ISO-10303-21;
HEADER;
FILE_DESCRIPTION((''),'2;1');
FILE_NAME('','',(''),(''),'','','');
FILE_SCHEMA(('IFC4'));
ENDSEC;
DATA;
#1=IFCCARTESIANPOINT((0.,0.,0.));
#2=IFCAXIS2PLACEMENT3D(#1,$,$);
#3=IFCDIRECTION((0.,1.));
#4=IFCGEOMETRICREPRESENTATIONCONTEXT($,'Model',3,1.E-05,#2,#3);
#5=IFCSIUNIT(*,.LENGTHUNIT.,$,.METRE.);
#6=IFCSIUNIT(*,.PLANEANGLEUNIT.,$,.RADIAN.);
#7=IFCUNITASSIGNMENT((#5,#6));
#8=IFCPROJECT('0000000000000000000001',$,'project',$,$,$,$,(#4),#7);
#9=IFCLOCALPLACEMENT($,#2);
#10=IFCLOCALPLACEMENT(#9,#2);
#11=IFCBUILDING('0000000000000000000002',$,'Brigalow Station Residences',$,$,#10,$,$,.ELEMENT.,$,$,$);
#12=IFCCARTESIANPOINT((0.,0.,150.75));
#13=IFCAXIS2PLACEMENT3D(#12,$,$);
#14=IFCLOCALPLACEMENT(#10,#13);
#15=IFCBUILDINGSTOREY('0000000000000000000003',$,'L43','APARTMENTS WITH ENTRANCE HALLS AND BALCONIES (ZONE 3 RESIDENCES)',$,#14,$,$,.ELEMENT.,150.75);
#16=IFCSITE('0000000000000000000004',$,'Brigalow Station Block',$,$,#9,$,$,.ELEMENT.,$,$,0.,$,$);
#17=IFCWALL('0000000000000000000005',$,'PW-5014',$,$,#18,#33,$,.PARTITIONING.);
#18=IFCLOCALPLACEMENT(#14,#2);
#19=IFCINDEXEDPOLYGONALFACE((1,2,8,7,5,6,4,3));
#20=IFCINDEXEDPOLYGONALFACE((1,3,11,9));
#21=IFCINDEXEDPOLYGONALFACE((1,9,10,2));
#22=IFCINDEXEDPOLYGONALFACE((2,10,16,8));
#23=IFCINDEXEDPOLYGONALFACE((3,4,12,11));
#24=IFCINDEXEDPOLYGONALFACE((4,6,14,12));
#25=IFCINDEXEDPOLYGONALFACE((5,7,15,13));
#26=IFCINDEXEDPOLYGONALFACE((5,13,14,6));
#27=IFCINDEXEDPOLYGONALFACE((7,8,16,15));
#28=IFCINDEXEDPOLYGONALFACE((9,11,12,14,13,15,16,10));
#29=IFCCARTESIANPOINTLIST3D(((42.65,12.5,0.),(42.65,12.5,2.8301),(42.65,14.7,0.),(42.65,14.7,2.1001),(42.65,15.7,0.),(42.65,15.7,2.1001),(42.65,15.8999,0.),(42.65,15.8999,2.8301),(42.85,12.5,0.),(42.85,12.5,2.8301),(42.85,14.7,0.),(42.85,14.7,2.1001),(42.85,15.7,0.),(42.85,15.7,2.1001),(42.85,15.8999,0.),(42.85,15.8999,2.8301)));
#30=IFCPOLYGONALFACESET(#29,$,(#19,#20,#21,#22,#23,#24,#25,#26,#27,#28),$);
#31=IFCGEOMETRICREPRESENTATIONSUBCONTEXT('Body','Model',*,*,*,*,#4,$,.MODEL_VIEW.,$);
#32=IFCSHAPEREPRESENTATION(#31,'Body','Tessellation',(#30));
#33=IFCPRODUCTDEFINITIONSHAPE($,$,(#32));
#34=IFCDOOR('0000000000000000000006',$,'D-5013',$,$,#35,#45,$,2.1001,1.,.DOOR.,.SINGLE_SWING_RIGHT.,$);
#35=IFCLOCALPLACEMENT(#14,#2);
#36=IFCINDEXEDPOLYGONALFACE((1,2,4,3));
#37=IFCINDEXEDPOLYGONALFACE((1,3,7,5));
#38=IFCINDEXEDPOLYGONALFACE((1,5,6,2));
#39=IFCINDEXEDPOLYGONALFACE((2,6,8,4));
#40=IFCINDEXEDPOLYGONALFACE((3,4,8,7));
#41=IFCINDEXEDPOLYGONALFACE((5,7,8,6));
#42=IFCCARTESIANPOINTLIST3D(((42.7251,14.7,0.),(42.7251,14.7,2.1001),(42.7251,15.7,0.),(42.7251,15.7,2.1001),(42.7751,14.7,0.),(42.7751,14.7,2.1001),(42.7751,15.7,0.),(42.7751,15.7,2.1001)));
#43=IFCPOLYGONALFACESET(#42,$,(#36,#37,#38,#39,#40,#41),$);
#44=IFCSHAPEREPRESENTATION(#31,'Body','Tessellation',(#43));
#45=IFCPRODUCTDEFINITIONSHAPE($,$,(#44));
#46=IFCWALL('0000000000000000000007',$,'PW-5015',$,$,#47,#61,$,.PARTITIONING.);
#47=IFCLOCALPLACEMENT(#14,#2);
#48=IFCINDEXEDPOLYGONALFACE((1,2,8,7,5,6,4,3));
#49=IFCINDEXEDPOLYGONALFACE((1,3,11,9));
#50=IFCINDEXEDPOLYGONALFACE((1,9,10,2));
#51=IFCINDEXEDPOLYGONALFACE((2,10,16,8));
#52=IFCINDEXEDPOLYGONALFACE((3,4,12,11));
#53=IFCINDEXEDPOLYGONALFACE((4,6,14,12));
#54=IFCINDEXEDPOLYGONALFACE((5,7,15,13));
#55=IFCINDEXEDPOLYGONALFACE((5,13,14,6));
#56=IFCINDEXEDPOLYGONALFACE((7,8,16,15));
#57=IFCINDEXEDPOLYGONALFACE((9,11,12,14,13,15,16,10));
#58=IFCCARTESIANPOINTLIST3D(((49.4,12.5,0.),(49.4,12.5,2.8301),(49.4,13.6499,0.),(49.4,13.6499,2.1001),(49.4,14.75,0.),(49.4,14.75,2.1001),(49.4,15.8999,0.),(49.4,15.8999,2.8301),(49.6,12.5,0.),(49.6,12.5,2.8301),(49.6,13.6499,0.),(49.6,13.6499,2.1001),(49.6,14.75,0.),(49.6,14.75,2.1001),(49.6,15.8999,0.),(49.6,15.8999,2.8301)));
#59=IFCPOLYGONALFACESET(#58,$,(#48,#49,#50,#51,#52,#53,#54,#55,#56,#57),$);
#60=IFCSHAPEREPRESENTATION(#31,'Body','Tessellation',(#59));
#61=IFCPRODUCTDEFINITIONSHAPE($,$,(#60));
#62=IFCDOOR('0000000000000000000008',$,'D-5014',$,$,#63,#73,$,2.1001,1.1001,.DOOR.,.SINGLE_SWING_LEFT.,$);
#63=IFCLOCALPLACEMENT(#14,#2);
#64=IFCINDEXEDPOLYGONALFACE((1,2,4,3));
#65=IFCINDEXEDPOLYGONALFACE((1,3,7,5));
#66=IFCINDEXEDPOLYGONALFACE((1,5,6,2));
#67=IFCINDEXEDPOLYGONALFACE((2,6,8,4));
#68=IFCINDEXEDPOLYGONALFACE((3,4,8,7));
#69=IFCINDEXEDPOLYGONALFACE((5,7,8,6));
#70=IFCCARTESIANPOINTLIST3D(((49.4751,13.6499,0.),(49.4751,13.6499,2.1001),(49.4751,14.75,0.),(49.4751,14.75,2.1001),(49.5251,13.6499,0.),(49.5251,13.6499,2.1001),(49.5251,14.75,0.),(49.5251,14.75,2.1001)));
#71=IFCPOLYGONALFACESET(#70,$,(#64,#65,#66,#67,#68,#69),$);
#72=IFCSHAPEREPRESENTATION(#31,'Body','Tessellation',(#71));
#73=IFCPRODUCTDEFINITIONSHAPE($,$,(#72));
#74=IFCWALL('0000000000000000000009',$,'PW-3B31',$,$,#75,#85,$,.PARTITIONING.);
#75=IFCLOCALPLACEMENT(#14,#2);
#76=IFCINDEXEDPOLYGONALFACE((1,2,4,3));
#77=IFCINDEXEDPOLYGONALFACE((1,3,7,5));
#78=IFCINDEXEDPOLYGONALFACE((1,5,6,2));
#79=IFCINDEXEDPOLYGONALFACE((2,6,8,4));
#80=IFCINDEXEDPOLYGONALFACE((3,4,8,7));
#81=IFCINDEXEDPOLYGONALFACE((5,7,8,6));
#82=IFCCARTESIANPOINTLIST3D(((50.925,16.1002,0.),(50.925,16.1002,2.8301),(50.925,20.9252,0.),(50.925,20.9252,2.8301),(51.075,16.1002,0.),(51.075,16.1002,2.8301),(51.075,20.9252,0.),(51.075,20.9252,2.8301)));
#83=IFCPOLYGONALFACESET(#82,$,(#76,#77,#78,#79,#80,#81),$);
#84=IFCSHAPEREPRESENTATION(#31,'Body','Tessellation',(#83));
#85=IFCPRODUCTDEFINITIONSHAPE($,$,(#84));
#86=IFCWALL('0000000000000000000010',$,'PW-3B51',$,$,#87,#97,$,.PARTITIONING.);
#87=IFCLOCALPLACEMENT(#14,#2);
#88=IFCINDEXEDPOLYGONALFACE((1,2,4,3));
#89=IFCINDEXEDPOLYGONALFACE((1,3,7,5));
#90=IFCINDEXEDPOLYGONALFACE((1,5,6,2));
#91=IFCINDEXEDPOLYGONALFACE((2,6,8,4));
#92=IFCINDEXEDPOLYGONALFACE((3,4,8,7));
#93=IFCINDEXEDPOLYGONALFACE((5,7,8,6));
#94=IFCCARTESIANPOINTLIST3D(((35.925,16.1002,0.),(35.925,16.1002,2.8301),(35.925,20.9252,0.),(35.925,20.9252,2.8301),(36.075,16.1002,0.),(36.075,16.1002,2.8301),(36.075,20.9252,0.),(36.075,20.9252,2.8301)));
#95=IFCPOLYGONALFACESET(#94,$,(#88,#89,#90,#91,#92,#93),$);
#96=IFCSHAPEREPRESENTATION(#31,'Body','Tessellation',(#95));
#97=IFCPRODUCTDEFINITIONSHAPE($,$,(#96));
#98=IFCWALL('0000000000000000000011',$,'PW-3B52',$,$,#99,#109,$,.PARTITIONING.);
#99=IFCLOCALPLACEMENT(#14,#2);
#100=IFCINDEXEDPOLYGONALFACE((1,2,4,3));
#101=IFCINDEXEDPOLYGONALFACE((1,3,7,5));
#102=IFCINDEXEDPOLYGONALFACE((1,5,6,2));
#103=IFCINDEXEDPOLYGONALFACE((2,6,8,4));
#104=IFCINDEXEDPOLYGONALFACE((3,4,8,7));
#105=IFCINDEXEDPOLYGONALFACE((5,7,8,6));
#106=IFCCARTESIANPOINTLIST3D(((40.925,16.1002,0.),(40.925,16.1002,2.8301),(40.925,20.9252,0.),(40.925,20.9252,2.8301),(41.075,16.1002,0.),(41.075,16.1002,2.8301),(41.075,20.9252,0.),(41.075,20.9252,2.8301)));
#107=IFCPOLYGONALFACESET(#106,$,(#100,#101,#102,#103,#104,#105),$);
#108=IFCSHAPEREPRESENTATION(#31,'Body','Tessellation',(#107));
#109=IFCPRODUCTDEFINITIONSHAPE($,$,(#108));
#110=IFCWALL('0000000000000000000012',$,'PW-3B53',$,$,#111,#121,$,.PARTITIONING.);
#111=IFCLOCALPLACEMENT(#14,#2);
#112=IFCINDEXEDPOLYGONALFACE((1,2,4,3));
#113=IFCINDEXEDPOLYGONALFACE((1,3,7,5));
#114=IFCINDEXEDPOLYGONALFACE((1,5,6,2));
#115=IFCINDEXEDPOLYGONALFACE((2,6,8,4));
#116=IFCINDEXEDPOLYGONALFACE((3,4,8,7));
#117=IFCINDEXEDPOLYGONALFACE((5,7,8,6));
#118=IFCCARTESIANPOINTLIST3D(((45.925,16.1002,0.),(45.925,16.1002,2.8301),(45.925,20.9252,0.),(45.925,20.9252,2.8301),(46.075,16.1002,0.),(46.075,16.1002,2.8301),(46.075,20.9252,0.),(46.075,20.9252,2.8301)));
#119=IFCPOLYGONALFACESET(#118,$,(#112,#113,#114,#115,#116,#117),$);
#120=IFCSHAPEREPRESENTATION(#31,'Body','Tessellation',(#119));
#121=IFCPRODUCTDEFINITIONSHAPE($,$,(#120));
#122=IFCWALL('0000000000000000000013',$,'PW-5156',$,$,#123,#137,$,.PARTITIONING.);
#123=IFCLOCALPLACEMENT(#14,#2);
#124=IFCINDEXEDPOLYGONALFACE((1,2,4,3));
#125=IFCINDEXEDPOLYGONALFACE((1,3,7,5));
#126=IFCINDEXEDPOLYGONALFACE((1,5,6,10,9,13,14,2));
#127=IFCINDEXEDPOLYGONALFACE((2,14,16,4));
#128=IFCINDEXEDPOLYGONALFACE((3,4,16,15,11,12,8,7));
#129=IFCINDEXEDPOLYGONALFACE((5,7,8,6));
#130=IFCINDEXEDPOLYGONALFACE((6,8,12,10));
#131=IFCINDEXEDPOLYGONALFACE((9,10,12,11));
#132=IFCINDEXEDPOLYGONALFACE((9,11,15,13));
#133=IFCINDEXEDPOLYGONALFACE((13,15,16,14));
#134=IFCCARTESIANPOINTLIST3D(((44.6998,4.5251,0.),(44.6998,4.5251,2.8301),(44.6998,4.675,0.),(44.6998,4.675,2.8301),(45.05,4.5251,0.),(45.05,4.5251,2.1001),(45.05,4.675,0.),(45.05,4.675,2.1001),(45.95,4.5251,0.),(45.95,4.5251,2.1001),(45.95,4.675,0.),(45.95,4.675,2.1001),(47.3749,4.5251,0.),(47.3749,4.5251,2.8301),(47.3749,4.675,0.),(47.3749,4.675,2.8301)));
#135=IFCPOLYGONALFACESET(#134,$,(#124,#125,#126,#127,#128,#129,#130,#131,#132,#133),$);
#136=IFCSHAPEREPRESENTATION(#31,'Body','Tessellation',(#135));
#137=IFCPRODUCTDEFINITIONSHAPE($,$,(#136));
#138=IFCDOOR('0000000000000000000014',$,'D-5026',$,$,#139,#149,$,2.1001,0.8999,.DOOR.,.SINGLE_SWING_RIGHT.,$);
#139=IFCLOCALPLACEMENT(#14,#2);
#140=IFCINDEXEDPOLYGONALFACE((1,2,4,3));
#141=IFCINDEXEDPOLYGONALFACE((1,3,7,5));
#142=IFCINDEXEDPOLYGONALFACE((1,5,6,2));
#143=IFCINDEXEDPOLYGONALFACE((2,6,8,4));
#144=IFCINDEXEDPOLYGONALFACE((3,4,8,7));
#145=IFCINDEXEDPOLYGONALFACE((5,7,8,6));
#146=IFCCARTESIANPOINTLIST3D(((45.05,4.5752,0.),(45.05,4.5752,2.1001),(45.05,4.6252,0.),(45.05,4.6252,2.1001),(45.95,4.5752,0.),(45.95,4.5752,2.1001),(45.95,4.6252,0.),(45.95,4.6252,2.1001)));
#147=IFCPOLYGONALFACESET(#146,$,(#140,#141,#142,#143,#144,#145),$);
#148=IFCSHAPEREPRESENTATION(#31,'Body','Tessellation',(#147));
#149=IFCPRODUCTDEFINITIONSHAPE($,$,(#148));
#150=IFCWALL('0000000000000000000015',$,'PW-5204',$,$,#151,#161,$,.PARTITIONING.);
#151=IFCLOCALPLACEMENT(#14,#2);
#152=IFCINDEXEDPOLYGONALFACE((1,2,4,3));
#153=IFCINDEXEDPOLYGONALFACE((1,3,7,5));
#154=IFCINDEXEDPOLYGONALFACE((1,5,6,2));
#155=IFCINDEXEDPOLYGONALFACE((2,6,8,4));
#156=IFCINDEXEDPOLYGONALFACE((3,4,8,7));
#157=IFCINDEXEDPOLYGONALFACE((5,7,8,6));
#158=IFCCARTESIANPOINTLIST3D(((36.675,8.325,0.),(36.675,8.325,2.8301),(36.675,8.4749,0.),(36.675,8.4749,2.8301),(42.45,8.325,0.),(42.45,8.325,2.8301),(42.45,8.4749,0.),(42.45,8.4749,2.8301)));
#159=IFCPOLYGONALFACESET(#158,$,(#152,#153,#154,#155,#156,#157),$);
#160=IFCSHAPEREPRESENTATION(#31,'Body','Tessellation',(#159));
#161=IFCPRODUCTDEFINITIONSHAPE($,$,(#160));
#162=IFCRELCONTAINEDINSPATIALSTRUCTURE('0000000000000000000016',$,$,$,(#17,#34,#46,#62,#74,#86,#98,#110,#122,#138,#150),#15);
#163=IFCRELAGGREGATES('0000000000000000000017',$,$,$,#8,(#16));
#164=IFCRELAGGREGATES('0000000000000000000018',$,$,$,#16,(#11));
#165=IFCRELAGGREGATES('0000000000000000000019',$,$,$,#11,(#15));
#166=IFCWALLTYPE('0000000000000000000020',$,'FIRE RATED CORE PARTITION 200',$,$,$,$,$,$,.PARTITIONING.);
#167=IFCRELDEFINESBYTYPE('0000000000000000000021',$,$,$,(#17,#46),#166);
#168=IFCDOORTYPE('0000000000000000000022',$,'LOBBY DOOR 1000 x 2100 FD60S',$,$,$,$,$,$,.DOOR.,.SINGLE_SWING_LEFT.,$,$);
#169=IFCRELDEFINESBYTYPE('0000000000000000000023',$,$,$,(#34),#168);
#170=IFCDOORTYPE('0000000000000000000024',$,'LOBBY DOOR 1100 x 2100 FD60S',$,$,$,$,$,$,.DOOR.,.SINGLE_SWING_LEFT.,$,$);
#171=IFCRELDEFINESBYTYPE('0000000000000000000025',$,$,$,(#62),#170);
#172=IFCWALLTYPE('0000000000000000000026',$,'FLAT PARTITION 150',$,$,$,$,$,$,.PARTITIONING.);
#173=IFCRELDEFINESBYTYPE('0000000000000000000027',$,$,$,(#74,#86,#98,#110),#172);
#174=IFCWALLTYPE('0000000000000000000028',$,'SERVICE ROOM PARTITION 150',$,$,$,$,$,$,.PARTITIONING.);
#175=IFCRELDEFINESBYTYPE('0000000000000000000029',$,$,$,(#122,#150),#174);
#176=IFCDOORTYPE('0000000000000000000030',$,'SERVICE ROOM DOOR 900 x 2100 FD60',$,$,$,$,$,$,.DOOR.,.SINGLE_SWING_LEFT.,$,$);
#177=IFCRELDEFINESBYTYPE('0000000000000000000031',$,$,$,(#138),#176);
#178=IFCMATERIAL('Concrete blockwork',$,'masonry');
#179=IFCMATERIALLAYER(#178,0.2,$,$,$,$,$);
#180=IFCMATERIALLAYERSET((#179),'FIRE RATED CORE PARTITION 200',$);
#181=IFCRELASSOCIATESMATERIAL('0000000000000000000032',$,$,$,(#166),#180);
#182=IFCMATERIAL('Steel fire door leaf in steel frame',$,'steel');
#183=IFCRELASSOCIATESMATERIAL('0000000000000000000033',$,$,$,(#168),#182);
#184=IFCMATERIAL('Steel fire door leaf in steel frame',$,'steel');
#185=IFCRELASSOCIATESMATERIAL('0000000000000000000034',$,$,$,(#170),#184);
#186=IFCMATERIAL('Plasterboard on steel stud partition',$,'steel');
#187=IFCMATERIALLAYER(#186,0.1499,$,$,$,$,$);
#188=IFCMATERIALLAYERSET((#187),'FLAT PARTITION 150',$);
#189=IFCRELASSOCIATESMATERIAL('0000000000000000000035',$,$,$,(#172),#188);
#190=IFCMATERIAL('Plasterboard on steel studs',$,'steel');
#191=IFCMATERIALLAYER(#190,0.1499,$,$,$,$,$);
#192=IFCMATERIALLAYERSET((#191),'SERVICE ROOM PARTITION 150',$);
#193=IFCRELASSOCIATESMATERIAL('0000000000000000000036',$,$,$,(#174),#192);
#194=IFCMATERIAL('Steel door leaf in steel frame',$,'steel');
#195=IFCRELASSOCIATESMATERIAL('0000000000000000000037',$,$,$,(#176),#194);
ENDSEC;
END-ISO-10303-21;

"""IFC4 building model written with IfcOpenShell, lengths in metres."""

from ifc_helpers import new_model, si_unit, direction, frame, frame_2d, origin, place, context, subcontext, project, spatial, rectangle, extrude, material, layer, layer_set, type_object, element, fill, save


model = new_model("IFC4")

# Units and contexts
model_context = context("Model", 3, precision=1e-05, world=origin(), true_north=direction((0.0, 1.0)))
body_context = subcontext(model_context, "Body", "Model", "MODEL_VIEW")
ifc_project = project(units=[si_unit("LENGTHUNIT", "METRE"), si_unit("PLANEANGLEUNIT", "RADIAN")], contexts=[model_context])

# Site, building, storey
site_placement = place(None, origin())
site = spatial("IfcSite", under=ifc_project, at=site_placement, Name="Brigalow Station Block", CompositionType="ELEMENT", RefElevation=0.0)
building_placement = place(site_placement, origin())
building = spatial("IfcBuilding", under=site, at=building_placement, Name="Brigalow Station Residences", CompositionType="ELEMENT")
storey_placement = place(building_placement, frame((0.0, 0.0, 150.75)))
storey = spatial("IfcBuildingStorey", under=building, at=storey_placement, Name="L43", Description="APARTMENTS WITH ENTRANCE HALLS AND BALCONIES (ZONE 3 RESIDENCES)", CompositionType="ELEMENT", Elevation=150.75)

# Shared definitions
ifc_material_1 = material(Name="Concrete blockwork", Category="masonry")
ifc_layer_1 = layer(ifc_material_1, 0.2)
ifc_layer_set_1 = layer_set([ifc_layer_1], Name="FIRE RATED CORE PARTITION 200")
wall_type_1 = type_object("IfcWallType", Name="FIRE RATED CORE PARTITION 200", PredefinedType="PARTITIONING", material=ifc_layer_set_1)

# Walls, openings, doors
wall_1_placement = place(storey_placement, frame((42.75, 12.5, 0.0), z_axis=(0.0, 0.0, 1.0), x_axis=(0.0, 1.0, 0.0)))
wall_1 = element("IfcWall", 1, at=wall_1_placement, inside=storey, type_object=wall_type_1, Name="PW-5014", PredefinedType="PARTITIONING", context=body_context, shape_type="SweptSolid", body=[
    extrude(rectangle(XDim=3.3999, YDim=0.2, at=frame_2d((1.7, 0.0))), origin(), (0.0, 0.0, 1.0), 2.8301),
])
opening_1_placement = place(wall_1_placement, frame((2.2, 0.0, 0.0)))
opening_1 = element("IfcOpeningElement", 2, at=opening_1_placement, cuts=wall_1, PredefinedType="OPENING", context=body_context, shape_type="SweptSolid", body=[
    extrude(rectangle(XDim=1.0, YDim=2.1001, at=frame_2d((0.5, 1.05))), frame((0.0, 0.1099, 0.0), z_axis=(0.0, -1.0, 0.0), x_axis=(1.0, 0.0, 0.0)), (0.0, 0.0, 1.0), 0.22),
])
ifc_material_2 = material(Name="Steel fire door leaf in steel frame", Category="steel")
door_type_1 = type_object("IfcDoorType", Name="LOBBY DOOR 1000 x 2100 FD60S", OperationType="SINGLE_SWING_LEFT", PredefinedType="DOOR", material=ifc_material_2)
door_1_placement = place(opening_1_placement, origin())
door_1 = element("IfcDoor", 3, at=door_1_placement, inside=storey, type_object=door_type_1, Name="D-5013", OperationType="SINGLE_SWING_RIGHT", OverallHeight=2.1001, OverallWidth=1.0, PredefinedType="DOOR", context=body_context, shape_type="SweptSolid", body=[
    extrude(rectangle(XDim=1.0, YDim=2.1001, at=frame_2d((0.5, 1.05))), frame((0.0, 0.0249, 0.0), z_axis=(0.0, -1.0, 0.0), x_axis=(1.0, 0.0, 0.0)), (0.0, 0.0, 1.0), 0.05),
])
fill(opening_1, door_1)
wall_2_placement = place(storey_placement, frame((49.5, 12.5, 0.0), z_axis=(0.0, 0.0, 1.0), x_axis=(0.0, 1.0, 0.0)))
wall_2 = element("IfcWall", 4, at=wall_2_placement, inside=storey, type_object=wall_type_1, Name="PW-5015", PredefinedType="PARTITIONING", context=body_context, shape_type="SweptSolid", body=[
    extrude(rectangle(XDim=3.3999, YDim=0.2, at=frame_2d((1.7, 0.0))), origin(), (0.0, 0.0, 1.0), 2.8301),
])
opening_2_placement = place(wall_2_placement, frame((1.1499, 0.0, 0.0)))
opening_2 = element("IfcOpeningElement", 5, at=opening_2_placement, cuts=wall_2, PredefinedType="OPENING", context=body_context, shape_type="SweptSolid", body=[
    extrude(rectangle(XDim=1.1001, YDim=2.1001, at=frame_2d((0.55, 1.05))), frame((0.0, 0.1099, 0.0), z_axis=(0.0, -1.0, 0.0), x_axis=(1.0, 0.0, 0.0)), (0.0, 0.0, 1.0), 0.22),
])
ifc_material_3 = material(Name="Steel fire door leaf in steel frame", Category="steel")
door_type_2 = type_object("IfcDoorType", Name="LOBBY DOOR 1100 x 2100 FD60S", OperationType="SINGLE_SWING_LEFT", PredefinedType="DOOR", material=ifc_material_3)
door_2_placement = place(opening_2_placement, origin())
door_2 = element("IfcDoor", 6, at=door_2_placement, inside=storey, type_object=door_type_2, Name="D-5014", OperationType="SINGLE_SWING_LEFT", OverallHeight=2.1001, OverallWidth=1.1001, PredefinedType="DOOR", context=body_context, shape_type="SweptSolid", body=[
    extrude(rectangle(XDim=1.1001, YDim=2.1001, at=frame_2d((0.55, 1.05))), frame((0.0, 0.0249, 0.0), z_axis=(0.0, -1.0, 0.0), x_axis=(1.0, 0.0, 0.0)), (0.0, 0.0, 1.0), 0.05),
])
fill(opening_2, door_2)

# Walls
ifc_material_4 = material(Name="Plasterboard on steel stud partition", Category="steel")
ifc_layer_2 = layer(ifc_material_4, 0.1499)
ifc_layer_set_2 = layer_set([ifc_layer_2], Name="FLAT PARTITION 150")
wall_type_2 = type_object("IfcWallType", Name="FLAT PARTITION 150", PredefinedType="PARTITIONING", material=ifc_layer_set_2)
for number, where, z_axis, x_axis, name in (
    (7, (51.0, 16.1001, 0.0), (0.0, 0.0, 1.0), (0.0, 1.0, 0.0), "PW-3B31"),
    (8, (36.0, 16.1001, 0.0), (0.0, 0.0, 1.0), (0.0, 1.0, 0.0), "PW-3B51"),
    (9, (41.0, 16.1001, 0.0), (0.0, 0.0, 1.0), (0.0, 1.0, 0.0), "PW-3B52"),
    (10, (46.0, 16.1001, 0.0), (0.0, 0.0, 1.0), (0.0, 1.0, 0.0), "PW-3B53"),
):
    element("IfcWall", number, at=place(storey_placement, frame(where, z_axis=z_axis, x_axis=x_axis)), inside=storey, type_object=wall_type_2, Name=name, PredefinedType="PARTITIONING", context=body_context, shape_type="SweptSolid", body=[
        extrude(rectangle(XDim=4.825, YDim=0.1499, at=frame_2d((2.4126, 0.0))), origin(), (0.0, 0.0, 1.0), 2.8301),
    ])

# Wall, opening, door
ifc_material_5 = material(Name="Plasterboard on steel studs", Category="steel")
ifc_layer_3 = layer(ifc_material_5, 0.1499)
ifc_layer_set_3 = layer_set([ifc_layer_3], Name="SERVICE ROOM PARTITION 150")
wall_type_3 = type_object("IfcWallType", Name="SERVICE ROOM PARTITION 150", PredefinedType="PARTITIONING", material=ifc_layer_set_3)
wall_3_placement = place(storey_placement, frame((44.7, 4.6001, 0.0), z_axis=(0.0, 0.0, 1.0), x_axis=(1.0, 0.0, 0.0)))
wall_3 = element("IfcWall", 11, at=wall_3_placement, inside=storey, type_object=wall_type_3, Name="PW-5156", PredefinedType="PARTITIONING", context=body_context, shape_type="SweptSolid", body=[
    extrude(rectangle(XDim=2.675, YDim=0.1499, at=frame_2d((1.3374, 0.0))), origin(), (0.0, 0.0, 1.0), 2.8301),
])
opening_3_placement = place(wall_3_placement, frame((0.3501, 0.0, 0.0)))
opening_3 = element("IfcOpeningElement", 12, at=opening_3_placement, cuts=wall_3, PredefinedType="OPENING", context=body_context, shape_type="SweptSolid", body=[
    extrude(rectangle(XDim=0.8999, YDim=2.1001, at=frame_2d((0.45, 1.05))), frame((0.0, 0.085, 0.0), z_axis=(0.0, -1.0, 0.0), x_axis=(1.0, 0.0, 0.0)), (0.0, 0.0, 1.0), 0.1699),
])
ifc_material_6 = material(Name="Steel door leaf in steel frame", Category="steel")
door_type_3 = type_object("IfcDoorType", Name="SERVICE ROOM DOOR 900 x 2100 FD60", OperationType="SINGLE_SWING_LEFT", PredefinedType="DOOR", material=ifc_material_6)
door_3_placement = place(opening_3_placement, frame((0.8999, 0.0, 0.0), z_axis=(0.0, 0.0, 1.0), x_axis=(-1.0, 0.0, 0.0)))
door_3 = element("IfcDoor", 13, at=door_3_placement, inside=storey, type_object=door_type_3, Name="D-5026", OperationType="SINGLE_SWING_RIGHT", OverallHeight=2.1001, OverallWidth=0.8999, PredefinedType="DOOR", context=body_context, shape_type="SweptSolid", body=[
    extrude(rectangle(XDim=0.8999, YDim=2.1001, at=frame_2d((0.45, 1.05))), frame((0.0, 0.0249, 0.0), z_axis=(0.0, -1.0, 0.0), x_axis=(1.0, 0.0, 0.0)), (0.0, 0.0, 1.0), 0.05),
])
fill(opening_3, door_3)

# Wall
wall_4_placement = place(storey_placement, frame((36.675, 8.3999, 0.0), z_axis=(0.0, 0.0, 1.0), x_axis=(1.0, 0.0, 0.0)))
element("IfcWall", 14, at=wall_4_placement, inside=storey, type_object=wall_type_3, Name="PW-5204", PredefinedType="PARTITIONING", context=body_context, shape_type="SweptSolid", body=[
    extrude(rectangle(XDim=5.7749, YDim=0.1499, at=frame_2d((2.8875, 0.0))), origin(), (0.0, 0.0, 1.0), 2.8301),
])

save(model, "model.ifc")
